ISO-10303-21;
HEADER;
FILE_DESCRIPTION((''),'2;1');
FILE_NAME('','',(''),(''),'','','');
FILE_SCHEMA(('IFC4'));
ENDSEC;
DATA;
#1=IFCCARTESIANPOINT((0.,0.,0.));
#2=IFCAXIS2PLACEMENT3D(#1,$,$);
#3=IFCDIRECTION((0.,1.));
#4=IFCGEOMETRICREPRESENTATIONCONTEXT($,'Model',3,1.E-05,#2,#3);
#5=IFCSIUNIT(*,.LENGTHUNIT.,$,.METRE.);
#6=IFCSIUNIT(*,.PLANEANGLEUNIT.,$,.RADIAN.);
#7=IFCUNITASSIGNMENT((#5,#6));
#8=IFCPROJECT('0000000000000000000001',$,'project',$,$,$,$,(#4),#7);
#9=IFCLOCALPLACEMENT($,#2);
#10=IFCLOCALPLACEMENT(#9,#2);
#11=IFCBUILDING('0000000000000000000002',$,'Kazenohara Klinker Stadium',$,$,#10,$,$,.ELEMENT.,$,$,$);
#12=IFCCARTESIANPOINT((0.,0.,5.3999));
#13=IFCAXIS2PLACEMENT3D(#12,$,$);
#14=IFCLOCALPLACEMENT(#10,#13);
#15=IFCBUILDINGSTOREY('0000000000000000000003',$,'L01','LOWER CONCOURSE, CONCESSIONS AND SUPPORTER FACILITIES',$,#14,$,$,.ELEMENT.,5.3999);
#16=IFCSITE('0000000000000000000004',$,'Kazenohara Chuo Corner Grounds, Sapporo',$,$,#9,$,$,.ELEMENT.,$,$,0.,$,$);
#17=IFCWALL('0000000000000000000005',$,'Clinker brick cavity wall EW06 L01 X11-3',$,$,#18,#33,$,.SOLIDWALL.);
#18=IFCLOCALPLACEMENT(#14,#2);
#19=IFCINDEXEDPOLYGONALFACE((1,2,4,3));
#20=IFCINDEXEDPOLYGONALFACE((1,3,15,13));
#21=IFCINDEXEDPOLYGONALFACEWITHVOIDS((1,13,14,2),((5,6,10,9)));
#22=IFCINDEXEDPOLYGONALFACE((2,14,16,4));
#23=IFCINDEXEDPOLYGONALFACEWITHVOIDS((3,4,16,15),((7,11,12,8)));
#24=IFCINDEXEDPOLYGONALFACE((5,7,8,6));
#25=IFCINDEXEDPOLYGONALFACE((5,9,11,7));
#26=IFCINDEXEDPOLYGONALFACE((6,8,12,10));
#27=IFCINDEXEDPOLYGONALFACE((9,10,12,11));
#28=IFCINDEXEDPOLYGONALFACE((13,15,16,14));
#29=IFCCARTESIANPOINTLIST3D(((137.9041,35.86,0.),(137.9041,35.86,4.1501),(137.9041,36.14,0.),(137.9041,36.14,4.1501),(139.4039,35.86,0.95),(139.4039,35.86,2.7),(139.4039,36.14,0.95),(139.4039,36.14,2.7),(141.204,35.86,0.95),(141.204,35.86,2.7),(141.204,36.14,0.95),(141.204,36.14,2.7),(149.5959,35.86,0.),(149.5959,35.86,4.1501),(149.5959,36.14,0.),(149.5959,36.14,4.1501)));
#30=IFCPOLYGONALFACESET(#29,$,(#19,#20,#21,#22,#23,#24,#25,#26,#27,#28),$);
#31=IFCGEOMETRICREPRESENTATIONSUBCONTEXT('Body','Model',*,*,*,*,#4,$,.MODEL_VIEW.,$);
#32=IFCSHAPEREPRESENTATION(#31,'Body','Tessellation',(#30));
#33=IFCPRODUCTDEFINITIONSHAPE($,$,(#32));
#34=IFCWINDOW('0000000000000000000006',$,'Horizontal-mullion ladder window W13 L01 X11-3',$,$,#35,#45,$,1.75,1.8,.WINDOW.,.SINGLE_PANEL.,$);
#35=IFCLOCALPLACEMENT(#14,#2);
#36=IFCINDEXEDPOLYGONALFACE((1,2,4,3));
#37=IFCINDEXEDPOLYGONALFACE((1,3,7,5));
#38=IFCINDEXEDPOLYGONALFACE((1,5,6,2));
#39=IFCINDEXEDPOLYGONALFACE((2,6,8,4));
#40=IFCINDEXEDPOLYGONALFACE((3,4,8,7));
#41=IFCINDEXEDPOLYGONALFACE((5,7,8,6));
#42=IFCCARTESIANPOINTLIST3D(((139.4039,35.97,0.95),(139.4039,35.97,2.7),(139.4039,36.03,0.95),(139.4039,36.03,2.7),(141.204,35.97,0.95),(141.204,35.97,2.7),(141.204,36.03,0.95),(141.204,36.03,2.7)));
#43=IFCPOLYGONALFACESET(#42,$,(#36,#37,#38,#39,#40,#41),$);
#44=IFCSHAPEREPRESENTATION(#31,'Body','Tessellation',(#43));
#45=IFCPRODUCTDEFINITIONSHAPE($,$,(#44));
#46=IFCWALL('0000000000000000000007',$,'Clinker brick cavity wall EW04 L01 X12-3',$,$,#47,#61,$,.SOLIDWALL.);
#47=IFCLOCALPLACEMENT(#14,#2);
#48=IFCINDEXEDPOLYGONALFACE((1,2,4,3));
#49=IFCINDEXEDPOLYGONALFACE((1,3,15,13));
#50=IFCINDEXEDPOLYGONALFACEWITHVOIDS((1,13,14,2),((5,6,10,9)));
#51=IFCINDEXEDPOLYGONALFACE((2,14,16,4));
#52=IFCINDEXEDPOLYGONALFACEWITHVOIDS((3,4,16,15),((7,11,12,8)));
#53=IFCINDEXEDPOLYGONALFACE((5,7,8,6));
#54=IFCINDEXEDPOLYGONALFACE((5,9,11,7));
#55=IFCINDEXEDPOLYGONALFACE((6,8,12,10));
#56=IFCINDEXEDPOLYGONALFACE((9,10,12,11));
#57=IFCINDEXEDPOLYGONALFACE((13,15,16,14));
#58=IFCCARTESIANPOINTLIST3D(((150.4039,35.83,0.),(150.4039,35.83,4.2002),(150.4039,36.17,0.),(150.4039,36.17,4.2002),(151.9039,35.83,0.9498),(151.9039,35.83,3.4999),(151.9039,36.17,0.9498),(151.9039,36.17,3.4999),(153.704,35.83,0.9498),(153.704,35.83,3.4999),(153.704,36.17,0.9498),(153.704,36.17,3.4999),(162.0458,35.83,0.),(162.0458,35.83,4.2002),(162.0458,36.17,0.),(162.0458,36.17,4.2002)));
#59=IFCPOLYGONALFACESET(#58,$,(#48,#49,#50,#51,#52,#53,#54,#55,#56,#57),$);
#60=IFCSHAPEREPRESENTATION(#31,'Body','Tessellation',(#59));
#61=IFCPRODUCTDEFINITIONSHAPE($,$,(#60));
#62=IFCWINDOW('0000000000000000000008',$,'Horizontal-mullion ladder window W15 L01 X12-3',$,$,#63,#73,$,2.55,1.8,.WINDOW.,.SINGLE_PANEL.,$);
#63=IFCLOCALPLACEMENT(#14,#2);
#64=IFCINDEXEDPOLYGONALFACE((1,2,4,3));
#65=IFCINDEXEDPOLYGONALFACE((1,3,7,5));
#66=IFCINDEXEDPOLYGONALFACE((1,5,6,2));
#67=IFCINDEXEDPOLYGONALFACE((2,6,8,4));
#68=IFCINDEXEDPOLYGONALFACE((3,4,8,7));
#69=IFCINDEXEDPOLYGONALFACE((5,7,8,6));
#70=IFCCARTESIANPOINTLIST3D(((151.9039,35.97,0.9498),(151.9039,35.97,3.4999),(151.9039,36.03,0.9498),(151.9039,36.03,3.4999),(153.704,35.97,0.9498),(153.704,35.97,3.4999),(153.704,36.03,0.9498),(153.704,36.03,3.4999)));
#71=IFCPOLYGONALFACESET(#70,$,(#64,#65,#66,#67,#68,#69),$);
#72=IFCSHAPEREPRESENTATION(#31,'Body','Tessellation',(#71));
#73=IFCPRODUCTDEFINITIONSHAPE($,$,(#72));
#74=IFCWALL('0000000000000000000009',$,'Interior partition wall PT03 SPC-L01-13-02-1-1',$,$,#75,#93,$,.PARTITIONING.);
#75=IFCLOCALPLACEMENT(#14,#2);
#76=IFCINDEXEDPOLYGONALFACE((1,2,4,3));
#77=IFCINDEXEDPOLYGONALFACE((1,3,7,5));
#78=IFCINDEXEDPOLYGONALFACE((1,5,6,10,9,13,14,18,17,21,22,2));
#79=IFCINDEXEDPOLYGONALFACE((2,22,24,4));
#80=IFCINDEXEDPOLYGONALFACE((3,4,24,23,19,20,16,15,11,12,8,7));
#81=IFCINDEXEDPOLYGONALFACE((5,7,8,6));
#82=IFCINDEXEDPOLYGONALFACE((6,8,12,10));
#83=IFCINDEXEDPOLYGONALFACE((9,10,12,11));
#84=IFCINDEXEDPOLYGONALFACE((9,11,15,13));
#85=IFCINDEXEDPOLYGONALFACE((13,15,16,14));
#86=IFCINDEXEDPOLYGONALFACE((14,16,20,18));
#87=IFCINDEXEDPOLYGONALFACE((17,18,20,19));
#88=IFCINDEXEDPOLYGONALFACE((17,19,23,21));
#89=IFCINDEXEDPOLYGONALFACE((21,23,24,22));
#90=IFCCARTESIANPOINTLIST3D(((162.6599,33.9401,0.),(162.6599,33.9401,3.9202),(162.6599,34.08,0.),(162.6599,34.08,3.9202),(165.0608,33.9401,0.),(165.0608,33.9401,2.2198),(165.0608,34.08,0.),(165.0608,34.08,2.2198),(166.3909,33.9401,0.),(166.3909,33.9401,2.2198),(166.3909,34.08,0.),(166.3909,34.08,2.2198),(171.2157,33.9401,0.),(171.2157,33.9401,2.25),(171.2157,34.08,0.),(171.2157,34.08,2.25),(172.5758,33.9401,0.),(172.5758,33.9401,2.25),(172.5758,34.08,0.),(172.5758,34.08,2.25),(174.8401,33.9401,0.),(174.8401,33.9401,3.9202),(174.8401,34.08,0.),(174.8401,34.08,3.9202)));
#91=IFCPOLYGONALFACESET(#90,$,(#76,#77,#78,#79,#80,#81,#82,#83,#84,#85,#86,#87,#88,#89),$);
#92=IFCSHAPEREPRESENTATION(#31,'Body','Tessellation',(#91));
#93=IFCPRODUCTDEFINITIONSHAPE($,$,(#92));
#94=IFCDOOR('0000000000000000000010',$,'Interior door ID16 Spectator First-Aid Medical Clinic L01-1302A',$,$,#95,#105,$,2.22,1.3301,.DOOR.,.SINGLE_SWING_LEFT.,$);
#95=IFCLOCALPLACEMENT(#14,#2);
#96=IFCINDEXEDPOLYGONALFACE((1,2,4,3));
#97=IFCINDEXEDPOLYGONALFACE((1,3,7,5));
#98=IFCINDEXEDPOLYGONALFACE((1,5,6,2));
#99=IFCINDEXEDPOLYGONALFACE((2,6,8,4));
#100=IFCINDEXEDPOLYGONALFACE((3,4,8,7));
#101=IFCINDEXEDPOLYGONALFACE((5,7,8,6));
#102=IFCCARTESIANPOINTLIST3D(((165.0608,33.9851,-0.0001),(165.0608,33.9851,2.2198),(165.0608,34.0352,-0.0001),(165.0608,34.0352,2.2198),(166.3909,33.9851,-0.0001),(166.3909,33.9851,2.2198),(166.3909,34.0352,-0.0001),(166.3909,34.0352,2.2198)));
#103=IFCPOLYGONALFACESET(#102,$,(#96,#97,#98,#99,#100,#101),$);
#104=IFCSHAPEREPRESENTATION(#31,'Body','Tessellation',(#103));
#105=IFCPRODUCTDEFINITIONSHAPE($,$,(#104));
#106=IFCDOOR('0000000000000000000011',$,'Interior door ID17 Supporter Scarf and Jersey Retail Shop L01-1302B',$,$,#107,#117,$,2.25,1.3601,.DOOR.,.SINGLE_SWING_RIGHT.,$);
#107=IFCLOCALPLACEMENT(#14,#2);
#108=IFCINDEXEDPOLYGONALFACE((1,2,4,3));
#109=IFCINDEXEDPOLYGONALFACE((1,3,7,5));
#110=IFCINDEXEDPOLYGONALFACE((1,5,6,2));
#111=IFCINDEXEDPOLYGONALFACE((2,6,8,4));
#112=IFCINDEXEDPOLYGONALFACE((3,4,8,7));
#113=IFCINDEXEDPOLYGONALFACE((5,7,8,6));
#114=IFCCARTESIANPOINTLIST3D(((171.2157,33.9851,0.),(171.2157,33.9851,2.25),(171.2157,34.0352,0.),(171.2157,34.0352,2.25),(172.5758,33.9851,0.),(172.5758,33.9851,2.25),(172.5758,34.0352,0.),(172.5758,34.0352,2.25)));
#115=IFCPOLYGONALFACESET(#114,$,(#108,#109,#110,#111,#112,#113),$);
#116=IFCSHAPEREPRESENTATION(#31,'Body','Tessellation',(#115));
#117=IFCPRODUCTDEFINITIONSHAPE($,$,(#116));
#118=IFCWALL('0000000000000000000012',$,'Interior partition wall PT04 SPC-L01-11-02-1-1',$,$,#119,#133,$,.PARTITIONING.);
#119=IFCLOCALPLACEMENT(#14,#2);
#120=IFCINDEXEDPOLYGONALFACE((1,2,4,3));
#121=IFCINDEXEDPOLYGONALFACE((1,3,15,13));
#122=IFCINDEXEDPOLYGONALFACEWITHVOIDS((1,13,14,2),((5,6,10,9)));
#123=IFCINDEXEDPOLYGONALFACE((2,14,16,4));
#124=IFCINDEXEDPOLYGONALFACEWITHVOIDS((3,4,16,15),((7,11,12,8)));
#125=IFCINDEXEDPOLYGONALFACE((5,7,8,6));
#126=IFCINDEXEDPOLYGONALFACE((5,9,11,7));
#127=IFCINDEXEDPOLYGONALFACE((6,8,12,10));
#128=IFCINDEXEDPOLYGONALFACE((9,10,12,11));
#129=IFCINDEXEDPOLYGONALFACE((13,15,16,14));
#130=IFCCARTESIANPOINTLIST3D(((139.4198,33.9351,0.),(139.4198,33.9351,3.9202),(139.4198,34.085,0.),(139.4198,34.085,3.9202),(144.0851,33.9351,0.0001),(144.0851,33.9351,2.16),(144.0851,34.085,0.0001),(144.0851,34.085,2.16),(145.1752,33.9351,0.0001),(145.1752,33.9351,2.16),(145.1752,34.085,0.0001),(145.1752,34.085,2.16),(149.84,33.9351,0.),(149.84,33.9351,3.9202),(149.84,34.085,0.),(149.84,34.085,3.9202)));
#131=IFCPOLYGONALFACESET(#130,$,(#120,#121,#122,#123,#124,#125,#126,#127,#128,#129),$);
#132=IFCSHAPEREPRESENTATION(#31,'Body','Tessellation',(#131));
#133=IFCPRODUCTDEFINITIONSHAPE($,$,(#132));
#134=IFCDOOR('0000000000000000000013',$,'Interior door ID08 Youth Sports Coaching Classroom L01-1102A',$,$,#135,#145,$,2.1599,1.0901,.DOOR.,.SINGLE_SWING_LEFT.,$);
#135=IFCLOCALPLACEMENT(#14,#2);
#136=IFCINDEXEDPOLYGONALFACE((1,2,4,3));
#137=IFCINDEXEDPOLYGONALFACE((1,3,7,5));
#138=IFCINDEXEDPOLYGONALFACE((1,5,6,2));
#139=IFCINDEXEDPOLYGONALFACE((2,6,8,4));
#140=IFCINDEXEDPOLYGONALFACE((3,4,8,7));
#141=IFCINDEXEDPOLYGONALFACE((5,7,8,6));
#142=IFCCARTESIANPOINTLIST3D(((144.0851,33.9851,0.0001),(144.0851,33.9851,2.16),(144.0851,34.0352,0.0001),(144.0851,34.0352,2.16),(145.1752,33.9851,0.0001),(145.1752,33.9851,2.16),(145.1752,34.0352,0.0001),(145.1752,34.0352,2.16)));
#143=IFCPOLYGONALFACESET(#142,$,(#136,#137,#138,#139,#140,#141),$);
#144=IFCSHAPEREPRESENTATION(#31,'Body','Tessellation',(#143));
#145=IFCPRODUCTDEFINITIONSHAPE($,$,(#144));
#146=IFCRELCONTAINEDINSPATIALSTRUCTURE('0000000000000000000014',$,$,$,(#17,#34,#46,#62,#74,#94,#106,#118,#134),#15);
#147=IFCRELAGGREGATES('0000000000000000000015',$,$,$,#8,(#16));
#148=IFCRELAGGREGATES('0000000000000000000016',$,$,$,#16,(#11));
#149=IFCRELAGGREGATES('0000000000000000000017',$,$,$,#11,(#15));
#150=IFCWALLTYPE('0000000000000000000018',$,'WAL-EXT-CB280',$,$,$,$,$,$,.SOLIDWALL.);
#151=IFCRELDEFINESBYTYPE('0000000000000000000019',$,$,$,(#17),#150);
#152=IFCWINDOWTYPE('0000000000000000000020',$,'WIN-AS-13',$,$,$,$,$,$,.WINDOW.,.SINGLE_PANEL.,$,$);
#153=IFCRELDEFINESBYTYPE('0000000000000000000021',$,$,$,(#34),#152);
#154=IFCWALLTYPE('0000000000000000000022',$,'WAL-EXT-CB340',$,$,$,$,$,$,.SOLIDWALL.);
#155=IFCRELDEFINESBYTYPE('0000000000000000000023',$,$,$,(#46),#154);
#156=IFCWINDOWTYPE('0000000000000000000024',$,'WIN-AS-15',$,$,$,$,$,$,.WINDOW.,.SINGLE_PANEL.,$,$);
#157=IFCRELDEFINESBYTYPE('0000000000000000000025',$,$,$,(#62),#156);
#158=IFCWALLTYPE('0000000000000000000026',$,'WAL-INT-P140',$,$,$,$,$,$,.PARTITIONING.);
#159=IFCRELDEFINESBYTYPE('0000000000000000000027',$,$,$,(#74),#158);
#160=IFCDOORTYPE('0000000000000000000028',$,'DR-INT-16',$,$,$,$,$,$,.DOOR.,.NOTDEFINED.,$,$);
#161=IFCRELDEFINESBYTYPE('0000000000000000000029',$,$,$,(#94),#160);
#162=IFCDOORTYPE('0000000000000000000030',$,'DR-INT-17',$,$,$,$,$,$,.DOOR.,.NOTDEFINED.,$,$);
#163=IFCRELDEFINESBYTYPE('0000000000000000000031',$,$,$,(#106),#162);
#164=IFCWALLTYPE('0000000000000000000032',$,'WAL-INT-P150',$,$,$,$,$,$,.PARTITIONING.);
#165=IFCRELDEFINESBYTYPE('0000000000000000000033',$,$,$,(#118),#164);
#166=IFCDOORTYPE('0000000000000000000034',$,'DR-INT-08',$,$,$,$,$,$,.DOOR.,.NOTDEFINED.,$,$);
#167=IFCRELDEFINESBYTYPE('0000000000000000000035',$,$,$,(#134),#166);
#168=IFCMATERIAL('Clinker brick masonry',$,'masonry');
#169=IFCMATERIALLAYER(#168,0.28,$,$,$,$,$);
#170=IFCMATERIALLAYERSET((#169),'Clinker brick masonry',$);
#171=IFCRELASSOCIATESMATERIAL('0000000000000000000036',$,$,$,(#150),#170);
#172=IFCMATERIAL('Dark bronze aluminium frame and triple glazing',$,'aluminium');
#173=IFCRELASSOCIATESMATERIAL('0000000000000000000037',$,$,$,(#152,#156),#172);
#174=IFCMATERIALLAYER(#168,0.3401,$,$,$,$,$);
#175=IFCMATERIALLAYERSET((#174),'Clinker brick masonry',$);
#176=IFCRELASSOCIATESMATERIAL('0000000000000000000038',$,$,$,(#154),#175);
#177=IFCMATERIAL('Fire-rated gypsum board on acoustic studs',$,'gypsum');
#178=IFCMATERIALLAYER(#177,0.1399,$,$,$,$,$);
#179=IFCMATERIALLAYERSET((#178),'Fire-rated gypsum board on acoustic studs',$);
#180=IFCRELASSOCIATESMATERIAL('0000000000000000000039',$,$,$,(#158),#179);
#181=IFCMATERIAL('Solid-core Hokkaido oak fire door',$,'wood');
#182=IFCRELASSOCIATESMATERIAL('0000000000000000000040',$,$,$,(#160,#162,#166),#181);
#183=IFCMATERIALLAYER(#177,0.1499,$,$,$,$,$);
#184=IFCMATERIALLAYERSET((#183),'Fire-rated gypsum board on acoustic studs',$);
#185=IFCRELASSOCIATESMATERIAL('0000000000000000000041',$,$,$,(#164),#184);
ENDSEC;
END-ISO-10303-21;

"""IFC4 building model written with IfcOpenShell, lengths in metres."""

from ifc_helpers import new_model, si_unit, direction, frame, frame_2d, origin, place, context, subcontext, project, spatial, rectangle, extrude, material, layer, layer_set, type_object, element, fill, save


model = new_model("IFC4")

# Units and contexts
model_context = context("Model", 3, precision=1e-05, world=origin(), true_north=direction((0.0, 1.0)))
body_context = subcontext(model_context, "Body", "Model", "MODEL_VIEW")
ifc_project = project(units=[si_unit("LENGTHUNIT", "METRE"), si_unit("PLANEANGLEUNIT", "RADIAN")], contexts=[model_context])

# Site, building, storey
site_placement = place(None, origin())
site = spatial("IfcSite", under=ifc_project, at=site_placement, Name="Kazenohara Chuo Corner Grounds, Sapporo", CompositionType="ELEMENT", RefElevation=0.0)
building_placement = place(site_placement, origin())
building = spatial("IfcBuilding", under=site, at=building_placement, Name="Kazenohara Klinker Stadium", CompositionType="ELEMENT")
storey_placement = place(building_placement, frame((0.0, 0.0, 5.3999)))
storey = spatial("IfcBuildingStorey", under=building, at=storey_placement, Name="L01", Description="LOWER CONCOURSE, CONCESSIONS AND SUPPORTER FACILITIES", CompositionType="ELEMENT", Elevation=5.3999)

# Walls, openings, windows
ifc_material_1 = material(Name="Clinker brick masonry", Category="masonry")
ifc_layer_1 = layer(ifc_material_1, 0.28)
ifc_layer_set_1 = layer_set([ifc_layer_1], Name="Clinker brick masonry")
wall_type_1 = type_object("IfcWallType", Name="WAL-EXT-CB280", PredefinedType="SOLIDWALL", material=ifc_layer_set_1)
wall_1_placement = place(storey_placement, frame((137.9041, 36.0, 0.0), z_axis=(0.0, 0.0, 1.0), x_axis=(1.0, 0.0, 0.0)))
wall_1 = element("IfcWall", 1, at=wall_1_placement, inside=storey, type_object=wall_type_1, Name="Clinker brick cavity wall EW06 L01 X11-3", PredefinedType="SOLIDWALL", context=body_context, shape_type="SweptSolid", body=[
    extrude(rectangle(XDim=11.6919, YDim=0.28, at=frame_2d((5.8459, 0.0))), origin(), (0.0, 0.0, 1.0), 4.1501),
])
opening_1_placement = place(wall_1_placement, frame((1.5, 0.0, 0.95)))
opening_1 = element("IfcOpeningElement", 2, at=opening_1_placement, cuts=wall_1, PredefinedType="OPENING", context=body_context, shape_type="SweptSolid", body=[
    extrude(rectangle(XDim=1.8, YDim=1.75, at=frame_2d((0.8999, 0.875))), frame((0.0, 0.1499, 0.0), z_axis=(0.0, -1.0, 0.0), x_axis=(1.0, 0.0, 0.0)), (0.0, 0.0, 1.0), 0.3),
])
ifc_material_2 = material(Name="Dark bronze aluminium frame and triple glazing", Category="aluminium")
window_type_1 = type_object("IfcWindowType", Name="WIN-AS-13", PartitioningType="SINGLE_PANEL", PredefinedType="WINDOW", material=ifc_material_2)
window_1_placement = place(opening_1_placement, origin())
window_1 = element("IfcWindow", 3, at=window_1_placement, inside=storey, type_object=window_type_1, Name="Horizontal-mullion ladder window W13 L01 X11-3", OverallHeight=1.75, OverallWidth=1.8, PartitioningType="SINGLE_PANEL", PredefinedType="WINDOW", context=body_context, shape_type="SweptSolid", body=[
    extrude(rectangle(XDim=1.8, YDim=1.75, at=frame_2d((0.8999, 0.875))), frame((0.0, 0.03, 0.0), z_axis=(0.0, -1.0, 0.0), x_axis=(1.0, 0.0, 0.0)), (0.0, 0.0, 1.0), 0.0601),
])
fill(opening_1, window_1)
ifc_layer_2 = layer(ifc_material_1, 0.3401)
ifc_layer_set_2 = layer_set([ifc_layer_2], Name="Clinker brick masonry")
wall_type_2 = type_object("IfcWallType", Name="WAL-EXT-CB340", PredefinedType="SOLIDWALL", material=ifc_layer_set_2)
wall_2_placement = place(storey_placement, frame((150.4041, 36.0, 0.0), z_axis=(0.0, 0.0, 1.0), x_axis=(1.0, 0.0, 0.0)))
wall_2 = element("IfcWall", 4, at=wall_2_placement, inside=storey, type_object=wall_type_2, Name="Clinker brick cavity wall EW04 L01 X12-3", PredefinedType="SOLIDWALL", context=body_context, shape_type="SweptSolid", body=[
    extrude(rectangle(XDim=11.6418, YDim=0.3401, at=frame_2d((5.8208, 0.0))), origin(), (0.0, 0.0, 1.0), 4.2002),
])
opening_2_placement = place(wall_2_placement, frame((1.5, 0.0, 0.95)))
opening_2 = element("IfcOpeningElement", 5, at=opening_2_placement, cuts=wall_2, PredefinedType="OPENING", context=body_context, shape_type="SweptSolid", body=[
    extrude(rectangle(XDim=1.8, YDim=2.55, at=frame_2d((0.8999, 1.2749))), frame((0.0, 0.1802, 0.0), z_axis=(0.0, -1.0, 0.0), x_axis=(1.0, 0.0, 0.0)), (0.0, 0.0, 1.0), 0.3601),
])
window_type_2 = type_object("IfcWindowType", Name="WIN-AS-15", PartitioningType="SINGLE_PANEL", PredefinedType="WINDOW", material=ifc_material_2)
window_2_placement = place(opening_2_placement, origin())
window_2 = element("IfcWindow", 6, at=window_2_placement, inside=storey, type_object=window_type_2, Name="Horizontal-mullion ladder window W15 L01 X12-3", OverallHeight=2.55, OverallWidth=1.8, PartitioningType="SINGLE_PANEL", PredefinedType="WINDOW", context=body_context, shape_type="SweptSolid", body=[
    extrude(rectangle(XDim=1.8, YDim=2.55, at=frame_2d((0.8999, 1.2749))), frame((0.0, 0.03, 0.0), z_axis=(0.0, -1.0, 0.0), x_axis=(1.0, 0.0, 0.0)), (0.0, 0.0, 1.0), 0.0601),
])
fill(opening_2, window_2)

# Wall, openings, doors
ifc_material_3 = material(Name="Fire-rated gypsum board on acoustic studs", Category="gypsum")
ifc_layer_3 = layer(ifc_material_3, 0.1399)
ifc_layer_set_3 = layer_set([ifc_layer_3], Name="Fire-rated gypsum board on acoustic studs")
wall_type_3 = type_object("IfcWallType", Name="WAL-INT-P140", PredefinedType="PARTITIONING", material=ifc_layer_set_3)
wall_3_placement = place(storey_placement, frame((162.6599, 34.01, 0.0), z_axis=(0.0, 0.0, 1.0), x_axis=(1.0, 0.0, 0.0)))
wall_3 = element("IfcWall", 7, at=wall_3_placement, inside=storey, type_object=wall_type_3, Name="Interior partition wall PT03 SPC-L01-13-02-1-1", PredefinedType="PARTITIONING", context=body_context, shape_type="SweptSolid", body=[
    extrude(rectangle(XDim=12.1802, YDim=0.1399, at=frame_2d((6.0901, 0.0))), origin(), (0.0, 0.0, 1.0), 3.9202),
])
opening_3_placement = place(wall_3_placement, frame((3.731, 0.0, 0.0), z_axis=(0.0, 0.0, 1.0), x_axis=(-1.0, 0.0, 0.0)))
opening_3 = element("IfcOpeningElement", 8, at=opening_3_placement, cuts=wall_3, PredefinedType="OPENING", context=body_context, shape_type="SweptSolid", body=[
    extrude(rectangle(XDim=1.3301, YDim=2.22, at=frame_2d((0.665, 1.1099))), frame((0.0, 0.0801, 0.0), z_axis=(0.0, -1.0, 0.0), x_axis=(1.0, 0.0, 0.0)), (0.0, 0.0, 1.0), 0.1599),
])
opening_4_placement = place(wall_3_placement, frame((9.916, 0.0, 0.0), z_axis=(0.0, 0.0, 1.0), x_axis=(-1.0, 0.0, 0.0)))
opening_4 = element("IfcOpeningElement", 9, at=opening_4_placement, cuts=wall_3, PredefinedType="OPENING", context=body_context, shape_type="SweptSolid", body=[
    extrude(rectangle(XDim=1.3601, YDim=2.25, at=frame_2d((0.6802, 1.125))), frame((0.0, 0.0801, 0.0), z_axis=(0.0, -1.0, 0.0), x_axis=(1.0, 0.0, 0.0)), (0.0, 0.0, 1.0), 0.1599),
])
ifc_material_4 = material(Name="Solid-core Hokkaido oak fire door", Category="wood")
door_type_1 = type_object("IfcDoorType", Name="DR-INT-16", OperationType="NOTDEFINED", PredefinedType="DOOR", material=ifc_material_4)
door_1_placement = place(opening_3_placement, origin())
door_1 = element("IfcDoor", 10, at=door_1_placement, inside=storey, type_object=door_type_1, Name="Interior door ID16 Spectator First-Aid Medical Clinic L01-1302A", OperationType="SINGLE_SWING_LEFT", OverallHeight=2.22, OverallWidth=1.3301, PredefinedType="DOOR", context=body_context, shape_type="SweptSolid", body=[
    extrude(rectangle(XDim=1.3301, YDim=2.22, at=frame_2d((0.665, 1.1099))), frame((0.0, 0.0249, 0.0), z_axis=(0.0, -1.0, 0.0), x_axis=(1.0, 0.0, 0.0)), (0.0, 0.0, 1.0), 0.05),
])
fill(opening_3, door_1)
door_type_2 = type_object("IfcDoorType", Name="DR-INT-17", OperationType="NOTDEFINED", PredefinedType="DOOR", material=ifc_material_4)
door_2_placement = place(opening_4_placement, origin())
door_2 = element("IfcDoor", 11, at=door_2_placement, inside=storey, type_object=door_type_2, Name="Interior door ID17 Supporter Scarf and Jersey Retail Shop L01-1302B", OperationType="SINGLE_SWING_RIGHT", OverallHeight=2.25, OverallWidth=1.3601, PredefinedType="DOOR", context=body_context, shape_type="SweptSolid", body=[
    extrude(rectangle(XDim=1.3601, YDim=2.25, at=frame_2d((0.6802, 1.125))), frame((0.0, 0.0249, 0.0), z_axis=(0.0, -1.0, 0.0), x_axis=(1.0, 0.0, 0.0)), (0.0, 0.0, 1.0), 0.05),
])
fill(opening_4, door_2)

# Wall, opening, door
ifc_layer_4 = layer(ifc_material_3, 0.1499)
ifc_layer_set_4 = layer_set([ifc_layer_4], Name="Fire-rated gypsum board on acoustic studs")
wall_type_4 = type_object("IfcWallType", Name="WAL-INT-P150", PredefinedType="PARTITIONING", material=ifc_layer_set_4)
wall_4_placement = place(storey_placement, frame((139.4199, 34.01, 0.0), z_axis=(0.0, 0.0, 1.0), x_axis=(1.0, 0.0, 0.0)))
wall_4 = element("IfcWall", 12, at=wall_4_placement, inside=storey, type_object=wall_type_4, Name="Interior partition wall PT04 SPC-L01-11-02-1-1", PredefinedType="PARTITIONING", context=body_context, shape_type="SweptSolid", body=[
    extrude(rectangle(XDim=10.4202, YDim=0.1499, at=frame_2d((5.21, 0.0))), origin(), (0.0, 0.0, 1.0), 3.9202),
])
opening_5_placement = place(wall_4_placement, frame((5.7551, 0.0, 0.0), z_axis=(0.0, 0.0, 1.0), x_axis=(-1.0, 0.0, 0.0)))
opening_5 = element("IfcOpeningElement", 13, at=opening_5_placement, cuts=wall_4, PredefinedType="OPENING", context=body_context, shape_type="SweptSolid", body=[
    extrude(rectangle(XDim=1.0901, YDim=2.1599, at=frame_2d((0.5449, 1.0801))), frame((0.0, 0.085, 0.0), z_axis=(0.0, -1.0, 0.0), x_axis=(1.0, 0.0, 0.0)), (0.0, 0.0, 1.0), 0.1699),
])
door_type_3 = type_object("IfcDoorType", Name="DR-INT-08", OperationType="NOTDEFINED", PredefinedType="DOOR", material=ifc_material_4)
door_3_placement = place(opening_5_placement, origin())
door_3 = element("IfcDoor", 14, at=door_3_placement, inside=storey, type_object=door_type_3, Name="Interior door ID08 Youth Sports Coaching Classroom L01-1102A", OperationType="SINGLE_SWING_LEFT", OverallHeight=2.1599, OverallWidth=1.0901, PredefinedType="DOOR", context=body_context, shape_type="SweptSolid", body=[
    extrude(rectangle(XDim=1.0901, YDim=2.1599, at=frame_2d((0.5449, 1.0801))), frame((0.0, 0.0249, 0.0), z_axis=(0.0, -1.0, 0.0), x_axis=(1.0, 0.0, 0.0)), (0.0, 0.0, 1.0), 0.05),
])
fill(opening_5, door_3)

save(model, "model.ifc")
